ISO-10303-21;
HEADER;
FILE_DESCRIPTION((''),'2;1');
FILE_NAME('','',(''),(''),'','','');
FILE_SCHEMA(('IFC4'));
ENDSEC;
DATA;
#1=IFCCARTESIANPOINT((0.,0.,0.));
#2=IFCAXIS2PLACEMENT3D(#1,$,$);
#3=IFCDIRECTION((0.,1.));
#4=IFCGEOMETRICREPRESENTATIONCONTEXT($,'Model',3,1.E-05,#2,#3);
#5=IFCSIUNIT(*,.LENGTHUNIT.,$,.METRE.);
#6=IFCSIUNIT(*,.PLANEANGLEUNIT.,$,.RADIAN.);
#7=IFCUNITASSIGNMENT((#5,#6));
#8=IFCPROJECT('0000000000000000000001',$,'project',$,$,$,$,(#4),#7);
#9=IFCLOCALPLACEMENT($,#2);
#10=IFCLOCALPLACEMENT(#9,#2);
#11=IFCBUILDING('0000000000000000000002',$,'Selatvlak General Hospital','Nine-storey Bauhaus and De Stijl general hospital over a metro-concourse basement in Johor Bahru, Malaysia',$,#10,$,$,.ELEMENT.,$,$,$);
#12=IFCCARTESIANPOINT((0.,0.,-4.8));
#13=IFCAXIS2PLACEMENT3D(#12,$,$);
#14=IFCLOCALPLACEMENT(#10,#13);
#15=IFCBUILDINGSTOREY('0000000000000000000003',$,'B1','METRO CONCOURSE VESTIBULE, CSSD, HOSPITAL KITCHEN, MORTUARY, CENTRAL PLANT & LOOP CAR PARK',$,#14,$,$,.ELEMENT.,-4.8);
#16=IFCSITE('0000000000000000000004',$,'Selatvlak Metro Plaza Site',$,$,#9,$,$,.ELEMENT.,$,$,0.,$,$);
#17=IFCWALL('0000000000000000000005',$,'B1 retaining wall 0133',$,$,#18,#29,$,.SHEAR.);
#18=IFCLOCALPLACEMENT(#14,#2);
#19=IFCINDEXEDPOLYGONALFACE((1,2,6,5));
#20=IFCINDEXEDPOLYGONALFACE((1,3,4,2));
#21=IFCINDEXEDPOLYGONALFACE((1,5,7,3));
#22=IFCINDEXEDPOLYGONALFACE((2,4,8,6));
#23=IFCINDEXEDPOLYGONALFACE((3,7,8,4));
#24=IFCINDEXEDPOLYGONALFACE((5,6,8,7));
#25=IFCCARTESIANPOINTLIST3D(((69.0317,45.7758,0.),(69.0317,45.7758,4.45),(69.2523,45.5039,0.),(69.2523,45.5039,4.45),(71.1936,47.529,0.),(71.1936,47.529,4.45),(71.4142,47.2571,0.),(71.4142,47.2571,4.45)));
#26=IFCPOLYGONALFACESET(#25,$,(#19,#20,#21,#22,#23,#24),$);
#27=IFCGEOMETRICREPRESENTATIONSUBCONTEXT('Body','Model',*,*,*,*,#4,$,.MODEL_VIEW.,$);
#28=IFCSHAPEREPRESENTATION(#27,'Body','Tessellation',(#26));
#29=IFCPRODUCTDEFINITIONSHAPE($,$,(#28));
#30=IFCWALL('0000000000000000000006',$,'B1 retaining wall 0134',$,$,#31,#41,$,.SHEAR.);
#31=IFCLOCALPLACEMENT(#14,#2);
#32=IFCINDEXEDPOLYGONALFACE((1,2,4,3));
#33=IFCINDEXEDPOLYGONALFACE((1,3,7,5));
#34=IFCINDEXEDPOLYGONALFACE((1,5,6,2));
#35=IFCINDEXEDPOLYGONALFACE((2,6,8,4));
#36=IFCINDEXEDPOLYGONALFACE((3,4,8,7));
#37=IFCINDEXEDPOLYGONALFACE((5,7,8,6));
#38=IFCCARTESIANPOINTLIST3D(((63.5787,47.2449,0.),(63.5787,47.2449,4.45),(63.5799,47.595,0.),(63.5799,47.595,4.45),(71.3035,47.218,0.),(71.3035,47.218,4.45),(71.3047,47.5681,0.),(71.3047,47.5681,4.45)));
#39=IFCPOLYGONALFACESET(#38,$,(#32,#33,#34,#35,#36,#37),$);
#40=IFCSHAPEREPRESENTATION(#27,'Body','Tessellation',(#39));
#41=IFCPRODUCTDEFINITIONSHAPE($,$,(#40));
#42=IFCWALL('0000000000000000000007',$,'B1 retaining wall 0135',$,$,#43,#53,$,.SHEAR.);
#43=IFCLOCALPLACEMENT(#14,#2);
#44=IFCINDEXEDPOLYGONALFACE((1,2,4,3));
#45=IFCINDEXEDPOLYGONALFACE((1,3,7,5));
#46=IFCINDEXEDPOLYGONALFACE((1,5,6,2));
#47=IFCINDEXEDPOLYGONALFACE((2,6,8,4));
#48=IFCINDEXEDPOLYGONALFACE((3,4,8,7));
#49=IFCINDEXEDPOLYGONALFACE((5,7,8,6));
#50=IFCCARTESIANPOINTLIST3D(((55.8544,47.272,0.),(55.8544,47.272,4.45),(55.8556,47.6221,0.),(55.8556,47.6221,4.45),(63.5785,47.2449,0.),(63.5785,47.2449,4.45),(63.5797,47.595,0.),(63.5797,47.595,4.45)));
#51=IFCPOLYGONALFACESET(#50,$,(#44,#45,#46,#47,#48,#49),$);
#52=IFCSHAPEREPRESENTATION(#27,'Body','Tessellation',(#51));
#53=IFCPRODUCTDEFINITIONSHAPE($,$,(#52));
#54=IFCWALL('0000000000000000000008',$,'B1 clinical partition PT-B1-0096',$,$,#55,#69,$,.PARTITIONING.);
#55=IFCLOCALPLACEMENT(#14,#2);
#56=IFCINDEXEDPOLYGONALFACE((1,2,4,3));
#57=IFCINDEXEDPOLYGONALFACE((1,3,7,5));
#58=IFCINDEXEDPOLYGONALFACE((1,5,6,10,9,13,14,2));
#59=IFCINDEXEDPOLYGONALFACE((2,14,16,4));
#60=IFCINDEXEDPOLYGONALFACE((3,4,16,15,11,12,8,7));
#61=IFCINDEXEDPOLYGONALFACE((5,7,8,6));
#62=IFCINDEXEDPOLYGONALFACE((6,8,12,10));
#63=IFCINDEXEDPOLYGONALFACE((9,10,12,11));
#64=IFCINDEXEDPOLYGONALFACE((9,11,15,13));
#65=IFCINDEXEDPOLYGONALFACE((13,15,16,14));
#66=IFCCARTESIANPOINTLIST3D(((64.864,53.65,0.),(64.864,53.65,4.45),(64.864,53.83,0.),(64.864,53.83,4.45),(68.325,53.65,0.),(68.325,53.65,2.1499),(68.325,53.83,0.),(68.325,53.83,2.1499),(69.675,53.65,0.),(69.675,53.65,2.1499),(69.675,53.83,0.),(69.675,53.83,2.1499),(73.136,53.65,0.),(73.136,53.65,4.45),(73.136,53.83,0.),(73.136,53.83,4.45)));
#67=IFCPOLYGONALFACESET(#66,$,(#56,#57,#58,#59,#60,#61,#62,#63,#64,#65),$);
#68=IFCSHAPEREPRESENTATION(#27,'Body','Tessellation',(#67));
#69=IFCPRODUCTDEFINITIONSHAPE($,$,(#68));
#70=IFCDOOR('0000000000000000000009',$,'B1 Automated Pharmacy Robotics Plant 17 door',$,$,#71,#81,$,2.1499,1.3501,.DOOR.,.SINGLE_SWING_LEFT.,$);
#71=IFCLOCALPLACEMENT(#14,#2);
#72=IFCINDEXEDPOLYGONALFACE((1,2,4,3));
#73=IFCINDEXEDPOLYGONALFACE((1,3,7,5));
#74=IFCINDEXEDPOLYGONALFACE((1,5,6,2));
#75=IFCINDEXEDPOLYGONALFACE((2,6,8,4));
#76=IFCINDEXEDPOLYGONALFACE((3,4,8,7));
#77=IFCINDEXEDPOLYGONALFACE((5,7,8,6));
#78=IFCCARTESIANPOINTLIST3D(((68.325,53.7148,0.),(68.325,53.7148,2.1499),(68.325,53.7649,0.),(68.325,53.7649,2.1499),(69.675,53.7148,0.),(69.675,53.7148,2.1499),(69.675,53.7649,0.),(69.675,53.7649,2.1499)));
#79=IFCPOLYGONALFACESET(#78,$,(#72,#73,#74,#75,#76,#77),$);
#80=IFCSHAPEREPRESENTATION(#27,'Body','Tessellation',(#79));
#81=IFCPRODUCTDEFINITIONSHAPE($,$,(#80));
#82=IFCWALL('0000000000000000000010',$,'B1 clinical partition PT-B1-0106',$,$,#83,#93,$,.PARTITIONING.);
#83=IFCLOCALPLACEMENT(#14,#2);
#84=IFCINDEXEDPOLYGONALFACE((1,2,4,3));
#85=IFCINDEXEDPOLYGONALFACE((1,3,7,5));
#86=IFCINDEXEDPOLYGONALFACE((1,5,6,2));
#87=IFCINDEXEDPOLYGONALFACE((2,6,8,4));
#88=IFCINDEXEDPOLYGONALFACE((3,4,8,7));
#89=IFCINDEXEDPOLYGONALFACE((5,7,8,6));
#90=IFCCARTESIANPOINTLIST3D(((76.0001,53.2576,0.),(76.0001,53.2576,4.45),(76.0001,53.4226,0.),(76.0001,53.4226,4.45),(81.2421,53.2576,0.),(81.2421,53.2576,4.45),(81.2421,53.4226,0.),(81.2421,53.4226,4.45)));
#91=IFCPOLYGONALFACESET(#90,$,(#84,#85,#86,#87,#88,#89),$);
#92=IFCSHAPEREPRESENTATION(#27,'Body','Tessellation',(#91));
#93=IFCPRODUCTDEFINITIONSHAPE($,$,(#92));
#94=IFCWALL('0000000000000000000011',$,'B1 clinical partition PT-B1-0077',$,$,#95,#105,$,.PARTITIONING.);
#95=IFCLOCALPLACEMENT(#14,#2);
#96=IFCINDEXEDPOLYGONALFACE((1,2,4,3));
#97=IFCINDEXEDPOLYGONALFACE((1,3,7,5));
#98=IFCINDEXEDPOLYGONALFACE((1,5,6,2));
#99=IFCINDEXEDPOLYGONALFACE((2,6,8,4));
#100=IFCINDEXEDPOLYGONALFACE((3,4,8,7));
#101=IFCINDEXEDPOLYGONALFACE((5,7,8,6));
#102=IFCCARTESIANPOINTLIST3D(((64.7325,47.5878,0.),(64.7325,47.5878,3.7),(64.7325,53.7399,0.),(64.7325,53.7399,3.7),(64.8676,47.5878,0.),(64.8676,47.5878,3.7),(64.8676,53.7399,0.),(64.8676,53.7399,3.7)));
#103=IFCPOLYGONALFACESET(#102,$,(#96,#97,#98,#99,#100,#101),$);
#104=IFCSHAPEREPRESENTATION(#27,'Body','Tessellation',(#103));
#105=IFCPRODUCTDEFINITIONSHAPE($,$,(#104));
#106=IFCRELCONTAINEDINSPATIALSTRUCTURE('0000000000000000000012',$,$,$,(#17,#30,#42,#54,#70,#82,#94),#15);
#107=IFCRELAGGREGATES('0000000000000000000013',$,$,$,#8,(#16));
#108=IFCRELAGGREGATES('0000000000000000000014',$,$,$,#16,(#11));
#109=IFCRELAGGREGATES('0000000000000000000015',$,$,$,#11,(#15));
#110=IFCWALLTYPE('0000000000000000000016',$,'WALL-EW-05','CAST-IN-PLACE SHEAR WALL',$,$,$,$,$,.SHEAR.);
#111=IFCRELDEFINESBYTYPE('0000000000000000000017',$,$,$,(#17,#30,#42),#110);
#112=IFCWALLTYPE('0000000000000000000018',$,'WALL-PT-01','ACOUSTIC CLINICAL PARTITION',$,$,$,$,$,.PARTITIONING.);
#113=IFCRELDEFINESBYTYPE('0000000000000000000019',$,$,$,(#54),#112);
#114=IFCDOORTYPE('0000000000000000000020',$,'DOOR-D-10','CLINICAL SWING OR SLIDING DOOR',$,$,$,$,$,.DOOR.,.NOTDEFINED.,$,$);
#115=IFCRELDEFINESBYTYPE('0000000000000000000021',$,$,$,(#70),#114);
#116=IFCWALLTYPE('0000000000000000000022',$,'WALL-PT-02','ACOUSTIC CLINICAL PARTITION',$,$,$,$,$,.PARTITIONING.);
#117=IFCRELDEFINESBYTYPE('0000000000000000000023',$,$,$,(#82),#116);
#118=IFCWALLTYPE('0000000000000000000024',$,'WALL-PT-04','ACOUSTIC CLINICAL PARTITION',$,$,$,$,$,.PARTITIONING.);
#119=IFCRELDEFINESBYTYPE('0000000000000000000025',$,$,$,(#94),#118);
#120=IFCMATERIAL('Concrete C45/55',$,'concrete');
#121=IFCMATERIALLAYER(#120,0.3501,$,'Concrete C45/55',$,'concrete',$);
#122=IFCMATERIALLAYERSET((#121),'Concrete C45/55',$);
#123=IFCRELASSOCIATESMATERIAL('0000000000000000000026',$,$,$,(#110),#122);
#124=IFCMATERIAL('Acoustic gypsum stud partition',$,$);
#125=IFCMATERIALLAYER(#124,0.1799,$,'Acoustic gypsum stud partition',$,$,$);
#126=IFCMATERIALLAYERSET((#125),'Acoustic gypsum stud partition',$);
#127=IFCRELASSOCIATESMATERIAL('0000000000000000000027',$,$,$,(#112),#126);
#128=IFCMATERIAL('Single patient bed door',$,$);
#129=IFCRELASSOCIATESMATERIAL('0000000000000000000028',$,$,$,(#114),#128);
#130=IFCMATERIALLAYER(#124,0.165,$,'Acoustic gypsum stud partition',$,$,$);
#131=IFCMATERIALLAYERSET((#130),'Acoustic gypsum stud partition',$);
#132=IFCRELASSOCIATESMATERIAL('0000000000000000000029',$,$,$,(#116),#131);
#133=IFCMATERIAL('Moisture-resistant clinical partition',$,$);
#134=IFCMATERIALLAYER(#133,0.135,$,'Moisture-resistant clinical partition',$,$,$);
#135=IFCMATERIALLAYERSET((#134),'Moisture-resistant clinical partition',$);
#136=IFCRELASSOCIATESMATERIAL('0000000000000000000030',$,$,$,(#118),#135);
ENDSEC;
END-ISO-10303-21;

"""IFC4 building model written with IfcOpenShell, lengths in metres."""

from ifc_helpers import new_model, si_unit, direction, frame, frame_2d, origin, place, context, subcontext, project, spatial, rectangle, extrude, material, layer, layer_set, type_object, element, fill, save


model = new_model("IFC4")

# Units and contexts
model_context = context("Model", 3, precision=1e-05, world=origin(), true_north=direction((0.0, 1.0)))
body_context = subcontext(model_context, "Body", "Model", "MODEL_VIEW")
ifc_project = project(units=[si_unit("LENGTHUNIT", "METRE"), si_unit("PLANEANGLEUNIT", "RADIAN")], contexts=[model_context])

# Site, building, storey
site_placement = place(None, origin())
site = spatial("IfcSite", under=ifc_project, at=site_placement, Name="Selatvlak Metro Plaza Site", CompositionType="ELEMENT", RefElevation=0.0)
building_placement = place(site_placement, origin())
building = spatial("IfcBuilding", under=site, at=building_placement, Name="Selatvlak General Hospital", Description="Nine-storey Bauhaus and De Stijl general hospital over a metro-concourse basement in Johor Bahru, Malaysia", CompositionType="ELEMENT")
storey_placement = place(building_placement, frame((0.0, 0.0, -4.8)))
storey = spatial("IfcBuildingStorey", under=building, at=storey_placement, Name="B1", Description="METRO CONCOURSE VESTIBULE, CSSD, HOSPITAL KITCHEN, MORTUARY, CENTRAL PLANT & LOOP CAR PARK", CompositionType="ELEMENT", Elevation=-4.8)

# Walls
ifc_material_1 = material(Name="Concrete C45/55", Category="concrete")
ifc_layer_1 = layer(ifc_material_1, 0.3501, Name="Concrete C45/55", Category="concrete")
ifc_layer_set_1 = layer_set([ifc_layer_1], Name="Concrete C45/55")
wall_type_1 = type_object("IfcWallType", Name="WALL-EW-05", Description="CAST-IN-PLACE SHEAR WALL", PredefinedType="SHEAR", material=ifc_layer_set_1)
wall_1_placement = place(storey_placement, frame((69.1421, 45.6399, 0.0), z_axis=(0.0, 0.0, 1.0), x_axis=(0.776701, 0.629869, 0.0)))
element("IfcWall", 1, at=wall_1_placement, inside=storey, type_object=wall_type_1, Name="B1 retaining wall 0133", PredefinedType="SHEAR", context=body_context, shape_type="SweptSolid", body=[
    extrude(rectangle(XDim=2.7834, YDim=0.3501, at=frame_2d((1.3916, 0.0))), origin(), (0.0, 0.0, 1.0), 4.45),
])
wall_2_placement = place(storey_placement, frame((71.304, 47.3931, 0.0), z_axis=(0.0, 0.0, 1.0), x_axis=(-0.999994, 0.003476, 0.0)))
element("IfcWall", 2, at=wall_2_placement, inside=storey, type_object=wall_type_1, Name="B1 retaining wall 0134", PredefinedType="SHEAR", context=body_context, shape_type="SweptSolid", body=[
    extrude(rectangle(XDim=7.7249, YDim=0.3501, at=frame_2d((3.8623, 0.0))), origin(), (0.0, 0.0, 1.0), 4.45),
])
wall_3_placement = place(storey_placement, frame((63.5791, 47.4199, 0.0), z_axis=(0.0, 0.0, 1.0), x_axis=(-0.999994, 0.003508, 0.0)))
element("IfcWall", 3, at=wall_3_placement, inside=storey, type_object=wall_type_1, Name="B1 retaining wall 0135", PredefinedType="SHEAR", context=body_context, shape_type="SweptSolid", body=[
    extrude(rectangle(XDim=7.7241, YDim=0.3501, at=frame_2d((3.8621, 0.0))), origin(), (0.0, 0.0, 1.0), 4.45),
])

# Wall, opening, door
ifc_material_2 = material(Name="Acoustic gypsum stud partition")
ifc_layer_2 = layer(ifc_material_2, 0.1799, Name="Acoustic gypsum stud partition")
ifc_layer_set_2 = layer_set([ifc_layer_2], Name="Acoustic gypsum stud partition")
wall_type_2 = type_object("IfcWallType", Name="WALL-PT-01", Description="ACOUSTIC CLINICAL PARTITION", PredefinedType="PARTITIONING", material=ifc_layer_set_2)
wall_4_placement = place(storey_placement, frame((64.864, 53.74, 0.0), z_axis=(0.0, 0.0, 1.0), x_axis=(1.0, 0.0, 0.0)))
wall_4 = element("IfcWall", 4, at=wall_4_placement, inside=storey, type_object=wall_type_2, Name="B1 clinical partition PT-B1-0096", PredefinedType="PARTITIONING", context=body_context, shape_type="SweptSolid", body=[
    extrude(rectangle(XDim=8.272, YDim=0.1799, at=frame_2d((4.136, 0.0))), origin(), (0.0, 0.0, 1.0), 4.45),
])
opening_placement = place(wall_4_placement, frame((3.4609, 0.0, 0.0)))
opening = element("IfcOpeningElement", 5, at=opening_placement, cuts=wall_4, PredefinedType="OPENING", context=body_context, shape_type="SweptSolid", body=[
    extrude(rectangle(XDim=1.3501, YDim=2.1499, at=frame_2d((0.675, 1.075))), frame((0.0, 0.0999, 0.0), z_axis=(0.0, -1.0, 0.0), x_axis=(1.0, 0.0, 0.0)), (0.0, 0.0, 1.0), 0.2),
])
ifc_material_3 = material(Name="Single patient bed door")
door_type = type_object("IfcDoorType", Name="DOOR-D-10", Description="CLINICAL SWING OR SLIDING DOOR", OperationType="NOTDEFINED", PredefinedType="DOOR", material=ifc_material_3)
door_placement = place(opening_placement, origin())
door = element("IfcDoor", 6, at=door_placement, inside=storey, type_object=door_type, Name="B1 Automated Pharmacy Robotics Plant 17 door", OperationType="SINGLE_SWING_LEFT", OverallHeight=2.1499, OverallWidth=1.3501, PredefinedType="DOOR", context=body_context, shape_type="SweptSolid", body=[
    extrude(rectangle(XDim=1.3501, YDim=2.1499, at=frame_2d((0.675, 1.075))), frame((0.0, 0.0249, 0.0), z_axis=(0.0, -1.0, 0.0), x_axis=(1.0, 0.0, 0.0)), (0.0, 0.0, 1.0), 0.05),
])
fill(opening, door)

# Walls
ifc_layer_3 = layer(ifc_material_2, 0.165, Name="Acoustic gypsum stud partition")
ifc_layer_set_3 = layer_set([ifc_layer_3], Name="Acoustic gypsum stud partition")
wall_type_3 = type_object("IfcWallType", Name="WALL-PT-02", Description="ACOUSTIC CLINICAL PARTITION", PredefinedType="PARTITIONING", material=ifc_layer_set_3)
wall_5_placement = place(storey_placement, frame((76.0, 53.3401, 0.0), z_axis=(0.0, 0.0, 1.0), x_axis=(1.0, 0.0, 0.0)))
element("IfcWall", 7, at=wall_5_placement, inside=storey, type_object=wall_type_3, Name="B1 clinical partition PT-B1-0106", PredefinedType="PARTITIONING", context=body_context, shape_type="SweptSolid", body=[
    extrude(rectangle(XDim=5.2419, YDim=0.165, at=frame_2d((2.6211, 0.0))), origin(), (0.0, 0.0, 1.0), 4.45),
])
ifc_material_4 = material(Name="Moisture-resistant clinical partition")
ifc_layer_4 = layer(ifc_material_4, 0.135, Name="Moisture-resistant clinical partition")
ifc_layer_set_4 = layer_set([ifc_layer_4], Name="Moisture-resistant clinical partition")
wall_type_4 = type_object("IfcWallType", Name="WALL-PT-04", Description="ACOUSTIC CLINICAL PARTITION", PredefinedType="PARTITIONING", material=ifc_layer_set_4)
wall_6_placement = place(storey_placement, frame((64.8, 53.74, 0.0), z_axis=(0.0, 0.0, 1.0), x_axis=(0.0, -1.0, 0.0)))
element("IfcWall", 8, at=wall_6_placement, inside=storey, type_object=wall_type_4, Name="B1 clinical partition PT-B1-0077", PredefinedType="PARTITIONING", context=body_context, shape_type="SweptSolid", body=[
    extrude(rectangle(XDim=6.1521, YDim=0.135, at=frame_2d((3.0762, 0.0))), origin(), (0.0, 0.0, 1.0), 3.7),
])

save(model, "model.ifc")
